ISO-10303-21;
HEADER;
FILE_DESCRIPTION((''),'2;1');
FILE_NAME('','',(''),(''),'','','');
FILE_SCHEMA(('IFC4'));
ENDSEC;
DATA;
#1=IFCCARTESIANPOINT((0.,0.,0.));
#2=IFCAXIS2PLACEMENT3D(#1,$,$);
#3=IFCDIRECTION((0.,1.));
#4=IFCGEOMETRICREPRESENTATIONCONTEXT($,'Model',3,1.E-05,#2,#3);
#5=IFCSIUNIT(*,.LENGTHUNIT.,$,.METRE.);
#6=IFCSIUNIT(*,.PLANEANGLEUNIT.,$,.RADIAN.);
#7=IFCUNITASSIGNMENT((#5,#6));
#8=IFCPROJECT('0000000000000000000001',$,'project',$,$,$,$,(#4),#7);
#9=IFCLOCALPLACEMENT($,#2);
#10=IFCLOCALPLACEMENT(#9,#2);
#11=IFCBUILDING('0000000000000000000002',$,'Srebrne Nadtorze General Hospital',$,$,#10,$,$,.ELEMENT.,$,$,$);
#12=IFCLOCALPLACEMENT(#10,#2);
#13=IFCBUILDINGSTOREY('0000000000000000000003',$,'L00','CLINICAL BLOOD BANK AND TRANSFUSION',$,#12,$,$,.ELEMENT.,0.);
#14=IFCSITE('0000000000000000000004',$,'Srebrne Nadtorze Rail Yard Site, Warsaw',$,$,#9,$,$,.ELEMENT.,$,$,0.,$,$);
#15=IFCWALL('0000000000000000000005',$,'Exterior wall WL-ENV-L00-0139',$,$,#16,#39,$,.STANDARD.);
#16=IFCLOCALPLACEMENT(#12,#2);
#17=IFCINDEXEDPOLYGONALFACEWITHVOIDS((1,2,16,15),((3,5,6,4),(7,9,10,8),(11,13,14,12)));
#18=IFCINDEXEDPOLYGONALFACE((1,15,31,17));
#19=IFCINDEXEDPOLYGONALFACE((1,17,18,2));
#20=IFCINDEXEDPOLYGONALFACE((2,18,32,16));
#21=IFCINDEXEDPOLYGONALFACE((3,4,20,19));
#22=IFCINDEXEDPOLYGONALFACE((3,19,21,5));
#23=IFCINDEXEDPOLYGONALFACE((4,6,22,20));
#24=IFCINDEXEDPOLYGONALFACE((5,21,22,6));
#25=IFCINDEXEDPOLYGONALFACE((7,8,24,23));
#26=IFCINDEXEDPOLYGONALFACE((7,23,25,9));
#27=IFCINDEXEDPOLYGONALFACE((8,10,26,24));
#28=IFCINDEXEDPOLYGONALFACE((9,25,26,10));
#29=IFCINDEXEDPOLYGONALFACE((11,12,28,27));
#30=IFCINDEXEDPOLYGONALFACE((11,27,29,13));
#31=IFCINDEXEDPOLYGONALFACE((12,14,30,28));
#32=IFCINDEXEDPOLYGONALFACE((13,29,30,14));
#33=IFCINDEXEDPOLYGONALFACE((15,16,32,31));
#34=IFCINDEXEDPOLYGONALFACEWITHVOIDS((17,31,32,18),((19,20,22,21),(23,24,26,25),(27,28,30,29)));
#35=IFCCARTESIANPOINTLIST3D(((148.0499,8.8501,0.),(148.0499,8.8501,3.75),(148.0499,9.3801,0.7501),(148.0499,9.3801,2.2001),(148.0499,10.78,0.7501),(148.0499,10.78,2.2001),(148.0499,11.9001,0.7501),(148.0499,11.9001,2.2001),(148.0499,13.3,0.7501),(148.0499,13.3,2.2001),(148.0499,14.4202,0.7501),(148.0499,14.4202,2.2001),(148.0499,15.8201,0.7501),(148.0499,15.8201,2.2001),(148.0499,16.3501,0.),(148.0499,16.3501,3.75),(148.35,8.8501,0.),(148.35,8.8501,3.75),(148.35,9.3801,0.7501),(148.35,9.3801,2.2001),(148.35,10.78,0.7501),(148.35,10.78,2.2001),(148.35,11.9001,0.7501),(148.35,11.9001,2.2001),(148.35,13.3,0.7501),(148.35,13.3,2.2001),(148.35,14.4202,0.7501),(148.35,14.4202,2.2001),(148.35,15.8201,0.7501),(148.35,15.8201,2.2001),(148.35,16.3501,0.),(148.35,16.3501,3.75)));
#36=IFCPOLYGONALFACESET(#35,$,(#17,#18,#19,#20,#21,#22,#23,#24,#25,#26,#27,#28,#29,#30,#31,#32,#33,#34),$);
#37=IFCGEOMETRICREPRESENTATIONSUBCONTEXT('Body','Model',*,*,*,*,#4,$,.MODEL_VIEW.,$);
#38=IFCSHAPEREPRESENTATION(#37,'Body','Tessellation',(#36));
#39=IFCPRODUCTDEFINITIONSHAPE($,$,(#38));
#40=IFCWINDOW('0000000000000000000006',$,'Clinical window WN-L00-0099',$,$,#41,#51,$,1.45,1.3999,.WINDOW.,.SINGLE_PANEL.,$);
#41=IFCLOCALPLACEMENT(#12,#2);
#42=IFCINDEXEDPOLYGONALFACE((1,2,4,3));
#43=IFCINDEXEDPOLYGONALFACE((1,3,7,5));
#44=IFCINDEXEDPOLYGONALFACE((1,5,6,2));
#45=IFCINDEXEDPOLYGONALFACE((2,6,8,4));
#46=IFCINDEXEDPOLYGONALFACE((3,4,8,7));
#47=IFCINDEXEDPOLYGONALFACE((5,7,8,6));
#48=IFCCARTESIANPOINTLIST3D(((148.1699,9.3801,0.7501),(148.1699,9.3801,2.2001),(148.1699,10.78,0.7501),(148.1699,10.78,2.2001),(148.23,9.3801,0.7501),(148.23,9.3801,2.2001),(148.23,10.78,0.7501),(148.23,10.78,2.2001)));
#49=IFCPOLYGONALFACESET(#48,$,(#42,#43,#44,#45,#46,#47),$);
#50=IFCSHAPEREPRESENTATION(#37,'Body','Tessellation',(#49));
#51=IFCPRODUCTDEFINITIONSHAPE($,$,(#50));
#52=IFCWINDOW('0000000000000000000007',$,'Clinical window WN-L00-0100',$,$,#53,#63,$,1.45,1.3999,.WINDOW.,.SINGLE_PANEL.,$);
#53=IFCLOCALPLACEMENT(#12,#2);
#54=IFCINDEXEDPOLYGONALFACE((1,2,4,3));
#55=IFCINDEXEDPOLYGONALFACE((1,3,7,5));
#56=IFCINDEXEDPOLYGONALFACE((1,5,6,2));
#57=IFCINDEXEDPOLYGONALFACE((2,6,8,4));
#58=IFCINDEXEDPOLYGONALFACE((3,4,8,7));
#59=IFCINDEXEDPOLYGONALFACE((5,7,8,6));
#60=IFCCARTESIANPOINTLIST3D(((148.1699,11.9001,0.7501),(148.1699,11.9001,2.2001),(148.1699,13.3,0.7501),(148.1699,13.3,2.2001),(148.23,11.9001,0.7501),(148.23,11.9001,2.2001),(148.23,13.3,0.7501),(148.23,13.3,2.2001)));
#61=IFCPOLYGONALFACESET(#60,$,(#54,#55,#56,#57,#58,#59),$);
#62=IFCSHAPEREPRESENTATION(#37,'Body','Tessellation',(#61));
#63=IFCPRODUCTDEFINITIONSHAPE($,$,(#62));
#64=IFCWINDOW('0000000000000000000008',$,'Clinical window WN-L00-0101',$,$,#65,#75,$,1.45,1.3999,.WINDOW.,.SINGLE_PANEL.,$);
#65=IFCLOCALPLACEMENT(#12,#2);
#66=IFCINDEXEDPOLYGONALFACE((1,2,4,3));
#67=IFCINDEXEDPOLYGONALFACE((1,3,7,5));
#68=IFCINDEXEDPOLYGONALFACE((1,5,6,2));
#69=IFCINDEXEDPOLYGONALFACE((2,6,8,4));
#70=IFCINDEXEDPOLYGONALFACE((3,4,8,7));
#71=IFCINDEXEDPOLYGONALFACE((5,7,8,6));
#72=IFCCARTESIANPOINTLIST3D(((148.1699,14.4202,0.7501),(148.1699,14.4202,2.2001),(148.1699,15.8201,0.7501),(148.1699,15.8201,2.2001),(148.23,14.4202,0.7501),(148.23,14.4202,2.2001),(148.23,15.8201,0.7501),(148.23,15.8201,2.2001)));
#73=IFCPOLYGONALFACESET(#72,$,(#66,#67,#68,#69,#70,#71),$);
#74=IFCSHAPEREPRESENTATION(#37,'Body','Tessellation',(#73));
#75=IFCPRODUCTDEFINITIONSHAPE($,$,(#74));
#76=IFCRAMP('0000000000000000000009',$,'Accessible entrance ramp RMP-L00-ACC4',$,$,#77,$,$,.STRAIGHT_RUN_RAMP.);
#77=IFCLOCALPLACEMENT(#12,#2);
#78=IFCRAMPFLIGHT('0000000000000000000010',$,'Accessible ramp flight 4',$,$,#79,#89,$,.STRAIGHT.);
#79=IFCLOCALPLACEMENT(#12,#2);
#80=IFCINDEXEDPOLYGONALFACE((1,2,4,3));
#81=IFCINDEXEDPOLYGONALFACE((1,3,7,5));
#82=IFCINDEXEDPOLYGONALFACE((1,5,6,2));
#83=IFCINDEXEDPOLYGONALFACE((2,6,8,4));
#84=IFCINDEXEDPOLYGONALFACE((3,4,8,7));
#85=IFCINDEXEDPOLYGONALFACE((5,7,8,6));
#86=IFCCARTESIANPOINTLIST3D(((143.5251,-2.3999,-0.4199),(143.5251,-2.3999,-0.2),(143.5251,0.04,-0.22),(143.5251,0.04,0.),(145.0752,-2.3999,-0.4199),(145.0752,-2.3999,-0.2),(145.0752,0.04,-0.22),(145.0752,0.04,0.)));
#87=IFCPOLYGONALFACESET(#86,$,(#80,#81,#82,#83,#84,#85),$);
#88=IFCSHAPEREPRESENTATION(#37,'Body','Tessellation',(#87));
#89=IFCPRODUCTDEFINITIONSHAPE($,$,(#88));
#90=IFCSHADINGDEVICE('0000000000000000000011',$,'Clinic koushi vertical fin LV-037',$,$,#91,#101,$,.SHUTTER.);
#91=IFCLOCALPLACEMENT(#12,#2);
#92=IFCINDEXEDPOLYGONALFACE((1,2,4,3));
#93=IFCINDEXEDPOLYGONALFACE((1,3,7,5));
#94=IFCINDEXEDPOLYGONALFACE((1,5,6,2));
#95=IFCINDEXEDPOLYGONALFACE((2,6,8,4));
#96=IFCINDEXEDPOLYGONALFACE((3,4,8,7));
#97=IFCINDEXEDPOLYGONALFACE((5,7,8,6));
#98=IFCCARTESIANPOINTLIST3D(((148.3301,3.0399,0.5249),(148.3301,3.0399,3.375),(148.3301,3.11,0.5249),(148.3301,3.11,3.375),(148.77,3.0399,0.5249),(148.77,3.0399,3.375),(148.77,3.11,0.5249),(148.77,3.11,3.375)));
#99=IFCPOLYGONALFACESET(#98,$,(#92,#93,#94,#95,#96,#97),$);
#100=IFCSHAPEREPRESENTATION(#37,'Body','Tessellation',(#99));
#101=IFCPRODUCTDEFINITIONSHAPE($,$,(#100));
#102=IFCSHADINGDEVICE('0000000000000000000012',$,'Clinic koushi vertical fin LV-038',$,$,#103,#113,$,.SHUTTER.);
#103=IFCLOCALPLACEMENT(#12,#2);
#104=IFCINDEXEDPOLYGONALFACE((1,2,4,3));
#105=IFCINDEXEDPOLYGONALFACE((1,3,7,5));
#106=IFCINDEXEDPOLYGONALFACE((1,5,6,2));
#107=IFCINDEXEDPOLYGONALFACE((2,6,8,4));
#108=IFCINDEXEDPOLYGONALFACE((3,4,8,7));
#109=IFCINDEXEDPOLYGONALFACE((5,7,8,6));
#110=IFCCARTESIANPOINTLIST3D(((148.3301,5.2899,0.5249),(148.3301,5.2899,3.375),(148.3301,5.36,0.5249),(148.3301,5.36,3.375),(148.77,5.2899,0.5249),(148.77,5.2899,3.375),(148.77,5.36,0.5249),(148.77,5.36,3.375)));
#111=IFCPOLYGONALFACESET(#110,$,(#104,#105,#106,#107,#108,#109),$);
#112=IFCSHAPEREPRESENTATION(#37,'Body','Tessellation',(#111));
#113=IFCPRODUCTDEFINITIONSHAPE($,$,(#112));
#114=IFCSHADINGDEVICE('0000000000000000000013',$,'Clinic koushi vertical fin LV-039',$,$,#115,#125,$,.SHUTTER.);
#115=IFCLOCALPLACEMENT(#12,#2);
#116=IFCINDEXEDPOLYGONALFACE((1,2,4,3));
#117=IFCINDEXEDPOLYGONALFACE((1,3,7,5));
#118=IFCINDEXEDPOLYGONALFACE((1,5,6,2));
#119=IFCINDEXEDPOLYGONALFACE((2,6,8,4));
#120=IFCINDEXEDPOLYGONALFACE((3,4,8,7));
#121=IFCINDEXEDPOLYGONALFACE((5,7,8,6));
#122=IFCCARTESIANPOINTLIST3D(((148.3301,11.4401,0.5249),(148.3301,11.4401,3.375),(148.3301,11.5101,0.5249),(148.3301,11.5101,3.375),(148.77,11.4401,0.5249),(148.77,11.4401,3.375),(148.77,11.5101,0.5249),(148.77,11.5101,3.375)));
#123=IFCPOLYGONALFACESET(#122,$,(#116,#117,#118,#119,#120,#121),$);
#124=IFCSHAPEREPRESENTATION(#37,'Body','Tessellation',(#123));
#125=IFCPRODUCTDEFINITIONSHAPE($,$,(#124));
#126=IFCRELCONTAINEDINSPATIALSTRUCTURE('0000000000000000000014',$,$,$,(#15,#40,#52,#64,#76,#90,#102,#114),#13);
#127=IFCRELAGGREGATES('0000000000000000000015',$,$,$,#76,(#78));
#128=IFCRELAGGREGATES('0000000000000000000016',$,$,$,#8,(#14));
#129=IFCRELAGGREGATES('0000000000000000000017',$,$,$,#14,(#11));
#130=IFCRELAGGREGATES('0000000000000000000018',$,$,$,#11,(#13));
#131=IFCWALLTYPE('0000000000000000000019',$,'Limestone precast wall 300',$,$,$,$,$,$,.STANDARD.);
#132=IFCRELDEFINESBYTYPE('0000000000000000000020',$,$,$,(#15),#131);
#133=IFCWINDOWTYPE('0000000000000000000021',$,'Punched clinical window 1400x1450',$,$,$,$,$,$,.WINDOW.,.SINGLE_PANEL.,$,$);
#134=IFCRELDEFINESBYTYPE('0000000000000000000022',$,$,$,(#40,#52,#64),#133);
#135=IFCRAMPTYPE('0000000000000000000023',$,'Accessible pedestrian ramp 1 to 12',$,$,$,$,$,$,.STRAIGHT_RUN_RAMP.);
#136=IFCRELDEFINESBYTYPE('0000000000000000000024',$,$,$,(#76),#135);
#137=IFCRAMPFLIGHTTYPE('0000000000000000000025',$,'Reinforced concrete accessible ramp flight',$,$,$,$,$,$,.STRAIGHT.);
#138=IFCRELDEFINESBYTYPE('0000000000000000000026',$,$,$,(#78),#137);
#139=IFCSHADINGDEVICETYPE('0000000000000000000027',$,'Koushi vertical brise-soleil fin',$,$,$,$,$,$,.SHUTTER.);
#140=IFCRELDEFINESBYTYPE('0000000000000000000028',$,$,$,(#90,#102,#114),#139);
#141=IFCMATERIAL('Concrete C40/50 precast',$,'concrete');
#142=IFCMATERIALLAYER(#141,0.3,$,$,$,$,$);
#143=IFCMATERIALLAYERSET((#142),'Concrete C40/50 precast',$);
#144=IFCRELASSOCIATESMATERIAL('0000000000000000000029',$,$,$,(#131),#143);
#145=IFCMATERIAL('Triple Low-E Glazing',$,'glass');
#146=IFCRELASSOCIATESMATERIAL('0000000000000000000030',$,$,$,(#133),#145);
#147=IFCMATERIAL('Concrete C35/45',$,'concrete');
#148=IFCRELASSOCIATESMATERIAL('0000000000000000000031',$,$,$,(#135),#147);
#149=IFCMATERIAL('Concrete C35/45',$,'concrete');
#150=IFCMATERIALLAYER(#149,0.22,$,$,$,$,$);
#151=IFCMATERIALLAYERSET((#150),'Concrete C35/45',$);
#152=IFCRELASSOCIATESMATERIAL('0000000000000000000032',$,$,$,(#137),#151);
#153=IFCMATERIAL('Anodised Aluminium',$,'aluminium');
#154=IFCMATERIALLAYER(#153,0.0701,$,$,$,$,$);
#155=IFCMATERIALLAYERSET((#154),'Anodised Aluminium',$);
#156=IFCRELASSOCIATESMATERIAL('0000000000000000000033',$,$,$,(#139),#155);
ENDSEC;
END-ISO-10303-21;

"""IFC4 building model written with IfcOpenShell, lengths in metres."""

from ifc_helpers import new_model, si_unit, direction, frame, frame_2d, origin, origin_2d, place, context, subcontext, project, spatial, polyline, rectangle, outline, extrude, material, layer, layer_set, type_object, element, fill, aggregate, save


model = new_model("IFC4")

# Units and contexts
model_context = context("Model", 3, precision=1e-05, world=origin(), true_north=direction((0.0, 1.0)))
body_context = subcontext(model_context, "Body", "Model", "MODEL_VIEW")
ifc_project = project(units=[si_unit("LENGTHUNIT", "METRE"), si_unit("PLANEANGLEUNIT", "RADIAN")], contexts=[model_context])

# Site, building, storey
site_placement = place(None, origin())
site = spatial("IfcSite", under=ifc_project, at=site_placement, Name="Srebrne Nadtorze Rail Yard Site, Warsaw", CompositionType="ELEMENT", RefElevation=0.0)
building_placement = place(site_placement, origin())
building = spatial("IfcBuilding", under=site, at=building_placement, Name="Srebrne Nadtorze General Hospital", CompositionType="ELEMENT")
storey_placement = place(building_placement, origin())
storey = spatial("IfcBuildingStorey", under=building, at=storey_placement, Name="L00", Description="CLINICAL BLOOD BANK AND TRANSFUSION", CompositionType="ELEMENT", Elevation=0.0)

# Wall, openings, windows
ifc_material_1 = material(Name="Concrete C40/50 precast", Category="concrete")
ifc_layer_1 = layer(ifc_material_1, 0.3)
ifc_layer_set_1 = layer_set([ifc_layer_1], Name="Concrete C40/50 precast")
wall_type_1 = type_object("IfcWallType", Name="Limestone precast wall 300", PredefinedType="STANDARD", material=ifc_layer_set_1)
wall_1_placement = place(storey_placement, frame((148.2, 8.8501, 0.0), z_axis=(0.0, 0.0, 1.0), x_axis=(0.0, 1.0, 0.0)))
wall_1 = element("IfcWall", 1, at=wall_1_placement, inside=storey, type_object=wall_type_1, Name="Exterior wall WL-ENV-L00-0139", PredefinedType="STANDARD", context=body_context, shape_type="SweptSolid", body=[
    extrude(rectangle(XDim=7.5, YDim=0.3, at=frame_2d((3.75, 0.0))), origin(), (0.0, 0.0, 1.0), 3.75),
])
opening_1_placement = place(wall_1_placement, frame((0.53, 0.0, 0.75)))
opening_1 = element("IfcOpeningElement", 2, at=opening_1_placement, cuts=wall_1, PredefinedType="OPENING", context=body_context, shape_type="SweptSolid", body=[
    extrude(rectangle(XDim=1.3999, YDim=1.45, at=frame_2d((0.7, 0.7251))), frame((0.0, 0.1621, 0.0), z_axis=(0.0, -1.0, 0.0), x_axis=(1.0, 0.0, 0.0)), (0.0, 0.0, 1.0), 0.324),
])
opening_2_placement = place(wall_1_placement, frame((3.05, 0.0, 0.75)))
opening_2 = element("IfcOpeningElement", 3, at=opening_2_placement, cuts=wall_1, PredefinedType="OPENING", context=body_context, shape_type="SweptSolid", body=[
    extrude(rectangle(XDim=1.3999, YDim=1.45, at=frame_2d((0.7, 0.7251))), frame((0.0, 0.1621, 0.0), z_axis=(0.0, -1.0, 0.0), x_axis=(1.0, 0.0, 0.0)), (0.0, 0.0, 1.0), 0.324),
])
opening_3_placement = place(wall_1_placement, frame((5.5701, 0.0, 0.75)))
opening_3 = element("IfcOpeningElement", 4, at=opening_3_placement, cuts=wall_1, PredefinedType="OPENING", context=body_context, shape_type="SweptSolid", body=[
    extrude(rectangle(XDim=1.3999, YDim=1.45, at=frame_2d((0.7, 0.7251))), frame((0.0, 0.1621, 0.0), z_axis=(0.0, -1.0, 0.0), x_axis=(1.0, 0.0, 0.0)), (0.0, 0.0, 1.0), 0.324),
])
ifc_material_2 = material(Name="Triple Low-E Glazing", Category="glass")
window_type_1 = type_object("IfcWindowType", Name="Punched clinical window 1400x1450", PartitioningType="SINGLE_PANEL", PredefinedType="WINDOW", material=ifc_material_2)
window_1_placement = place(opening_1_placement, origin())
window_1 = element("IfcWindow", 5, at=window_1_placement, inside=storey, type_object=window_type_1, Name="Clinical window WN-L00-0099", OverallHeight=1.45, OverallWidth=1.3999, PartitioningType="SINGLE_PANEL", PredefinedType="WINDOW", context=body_context, shape_type="SweptSolid", body=[
    extrude(rectangle(XDim=1.3999, YDim=1.45, at=frame_2d((0.7, 0.7251))), frame((0.0, 0.03, 0.0), z_axis=(0.0, -1.0, 0.0), x_axis=(1.0, 0.0, 0.0)), (0.0, 0.0, 1.0), 0.0601),
])
fill(opening_1, window_1)
window_2_placement = place(opening_2_placement, origin())
window_2 = element("IfcWindow", 6, at=window_2_placement, inside=storey, type_object=window_type_1, Name="Clinical window WN-L00-0100", OverallHeight=1.45, OverallWidth=1.3999, PartitioningType="SINGLE_PANEL", PredefinedType="WINDOW", context=body_context, shape_type="SweptSolid", body=[
    extrude(rectangle(XDim=1.3999, YDim=1.45, at=frame_2d((0.7, 0.7251))), frame((0.0, 0.03, 0.0), z_axis=(0.0, -1.0, 0.0), x_axis=(1.0, 0.0, 0.0)), (0.0, 0.0, 1.0), 0.0601),
])
fill(opening_2, window_2)
window_3_placement = place(opening_3_placement, origin())
window_3 = element("IfcWindow", 7, at=window_3_placement, inside=storey, type_object=window_type_1, Name="Clinical window WN-L00-0101", OverallHeight=1.45, OverallWidth=1.3999, PartitioningType="SINGLE_PANEL", PredefinedType="WINDOW", context=body_context, shape_type="SweptSolid", body=[
    extrude(rectangle(XDim=1.3999, YDim=1.45, at=frame_2d((0.7, 0.7251))), frame((0.0, 0.03, 0.0), z_axis=(0.0, -1.0, 0.0), x_axis=(1.0, 0.0, 0.0)), (0.0, 0.0, 1.0), 0.0601),
])
fill(opening_3, window_3)

# Ramp, ramp flight
ifc_material_3 = material(Name="Concrete C35/45", Category="concrete")
ramp_type = type_object("IfcRampType", Name="Accessible pedestrian ramp 1 to 12", PredefinedType="STRAIGHT_RUN_RAMP", material=ifc_material_3)
ramp_placement = place(storey_placement, origin())
ramp = element("IfcRamp", 8, at=ramp_placement, inside=storey, type_object=ramp_type, Name="Accessible entrance ramp RMP-L00-ACC4", PredefinedType="STRAIGHT_RUN_RAMP")
ifc_material_4 = material(Name="Concrete C35/45", Category="concrete")
ifc_layer_2 = layer(ifc_material_4, 0.22)
ifc_layer_set_2 = layer_set([ifc_layer_2], Name="Concrete C35/45")
ramp_flight_type = type_object("IfcRampFlightType", Name="Reinforced concrete accessible ramp flight", PredefinedType="STRAIGHT", material=ifc_layer_set_2)
ramp_flight_placement = place(storey_placement, frame((144.3, -2.3999, -0.2), z_axis=(0.0, 0.0, 1.0), x_axis=(0.0, 1.0, 0.0)))
ramp_flight = element("IfcRampFlight", 9, at=ramp_flight_placement, type_object=ramp_flight_type, Name="Accessible ramp flight 4", PredefinedType="STRAIGHT", context=body_context, shape_type="SweptSolid", body=[
    extrude(outline(polyline([(0.0, 0.0), (2.4399, 0.2), (2.4399, -0.02), (0.0, -0.22), (0.0, 0.0)])), frame((0.0, 0.7749, 0.0), z_axis=(0.0, -1.0, 0.0), x_axis=(1.0, 0.0, 0.0)), (0.0, 0.0, 1.0), 1.55),
])
aggregate(ramp, [ramp_flight])

# Shading devices
ifc_material_5 = material(Name="Anodised Aluminium", Category="aluminium")
ifc_layer_3 = layer(ifc_material_5, 0.0701)
ifc_layer_set_3 = layer_set([ifc_layer_3], Name="Anodised Aluminium")
shading_device_type = type_object("IfcShadingDeviceType", Name="Koushi vertical brise-soleil fin", PredefinedType="SHUTTER", material=ifc_layer_set_3)
for number, where, z_axis, x_axis, name in (
    (10, (148.55, 3.075, 0.5249), (0.0, 0.0, 1.0), (1.0, 0.0, 0.0), "Clinic koushi vertical fin LV-037"),
    (11, (148.55, 5.325, 0.5249), (0.0, 0.0, 1.0), (1.0, 0.0, 0.0), "Clinic koushi vertical fin LV-038"),
    (12, (148.55, 11.4751, 0.5249), (0.0, 0.0, 1.0), (1.0, 0.0, 0.0), "Clinic koushi vertical fin LV-039"),
):
    element("IfcShadingDevice", number, at=place(storey_placement, frame(where, z_axis=z_axis, x_axis=x_axis)), inside=storey, type_object=shading_device_type, Name=name, PredefinedType="SHUTTER", context=body_context, shape_type="SweptSolid", body=[
        extrude(rectangle(XDim=0.4399, YDim=0.0701, at=origin_2d()), origin(), (0.0, 0.0, 1.0), 2.8501),
    ])

save(model, "model.ifc")
